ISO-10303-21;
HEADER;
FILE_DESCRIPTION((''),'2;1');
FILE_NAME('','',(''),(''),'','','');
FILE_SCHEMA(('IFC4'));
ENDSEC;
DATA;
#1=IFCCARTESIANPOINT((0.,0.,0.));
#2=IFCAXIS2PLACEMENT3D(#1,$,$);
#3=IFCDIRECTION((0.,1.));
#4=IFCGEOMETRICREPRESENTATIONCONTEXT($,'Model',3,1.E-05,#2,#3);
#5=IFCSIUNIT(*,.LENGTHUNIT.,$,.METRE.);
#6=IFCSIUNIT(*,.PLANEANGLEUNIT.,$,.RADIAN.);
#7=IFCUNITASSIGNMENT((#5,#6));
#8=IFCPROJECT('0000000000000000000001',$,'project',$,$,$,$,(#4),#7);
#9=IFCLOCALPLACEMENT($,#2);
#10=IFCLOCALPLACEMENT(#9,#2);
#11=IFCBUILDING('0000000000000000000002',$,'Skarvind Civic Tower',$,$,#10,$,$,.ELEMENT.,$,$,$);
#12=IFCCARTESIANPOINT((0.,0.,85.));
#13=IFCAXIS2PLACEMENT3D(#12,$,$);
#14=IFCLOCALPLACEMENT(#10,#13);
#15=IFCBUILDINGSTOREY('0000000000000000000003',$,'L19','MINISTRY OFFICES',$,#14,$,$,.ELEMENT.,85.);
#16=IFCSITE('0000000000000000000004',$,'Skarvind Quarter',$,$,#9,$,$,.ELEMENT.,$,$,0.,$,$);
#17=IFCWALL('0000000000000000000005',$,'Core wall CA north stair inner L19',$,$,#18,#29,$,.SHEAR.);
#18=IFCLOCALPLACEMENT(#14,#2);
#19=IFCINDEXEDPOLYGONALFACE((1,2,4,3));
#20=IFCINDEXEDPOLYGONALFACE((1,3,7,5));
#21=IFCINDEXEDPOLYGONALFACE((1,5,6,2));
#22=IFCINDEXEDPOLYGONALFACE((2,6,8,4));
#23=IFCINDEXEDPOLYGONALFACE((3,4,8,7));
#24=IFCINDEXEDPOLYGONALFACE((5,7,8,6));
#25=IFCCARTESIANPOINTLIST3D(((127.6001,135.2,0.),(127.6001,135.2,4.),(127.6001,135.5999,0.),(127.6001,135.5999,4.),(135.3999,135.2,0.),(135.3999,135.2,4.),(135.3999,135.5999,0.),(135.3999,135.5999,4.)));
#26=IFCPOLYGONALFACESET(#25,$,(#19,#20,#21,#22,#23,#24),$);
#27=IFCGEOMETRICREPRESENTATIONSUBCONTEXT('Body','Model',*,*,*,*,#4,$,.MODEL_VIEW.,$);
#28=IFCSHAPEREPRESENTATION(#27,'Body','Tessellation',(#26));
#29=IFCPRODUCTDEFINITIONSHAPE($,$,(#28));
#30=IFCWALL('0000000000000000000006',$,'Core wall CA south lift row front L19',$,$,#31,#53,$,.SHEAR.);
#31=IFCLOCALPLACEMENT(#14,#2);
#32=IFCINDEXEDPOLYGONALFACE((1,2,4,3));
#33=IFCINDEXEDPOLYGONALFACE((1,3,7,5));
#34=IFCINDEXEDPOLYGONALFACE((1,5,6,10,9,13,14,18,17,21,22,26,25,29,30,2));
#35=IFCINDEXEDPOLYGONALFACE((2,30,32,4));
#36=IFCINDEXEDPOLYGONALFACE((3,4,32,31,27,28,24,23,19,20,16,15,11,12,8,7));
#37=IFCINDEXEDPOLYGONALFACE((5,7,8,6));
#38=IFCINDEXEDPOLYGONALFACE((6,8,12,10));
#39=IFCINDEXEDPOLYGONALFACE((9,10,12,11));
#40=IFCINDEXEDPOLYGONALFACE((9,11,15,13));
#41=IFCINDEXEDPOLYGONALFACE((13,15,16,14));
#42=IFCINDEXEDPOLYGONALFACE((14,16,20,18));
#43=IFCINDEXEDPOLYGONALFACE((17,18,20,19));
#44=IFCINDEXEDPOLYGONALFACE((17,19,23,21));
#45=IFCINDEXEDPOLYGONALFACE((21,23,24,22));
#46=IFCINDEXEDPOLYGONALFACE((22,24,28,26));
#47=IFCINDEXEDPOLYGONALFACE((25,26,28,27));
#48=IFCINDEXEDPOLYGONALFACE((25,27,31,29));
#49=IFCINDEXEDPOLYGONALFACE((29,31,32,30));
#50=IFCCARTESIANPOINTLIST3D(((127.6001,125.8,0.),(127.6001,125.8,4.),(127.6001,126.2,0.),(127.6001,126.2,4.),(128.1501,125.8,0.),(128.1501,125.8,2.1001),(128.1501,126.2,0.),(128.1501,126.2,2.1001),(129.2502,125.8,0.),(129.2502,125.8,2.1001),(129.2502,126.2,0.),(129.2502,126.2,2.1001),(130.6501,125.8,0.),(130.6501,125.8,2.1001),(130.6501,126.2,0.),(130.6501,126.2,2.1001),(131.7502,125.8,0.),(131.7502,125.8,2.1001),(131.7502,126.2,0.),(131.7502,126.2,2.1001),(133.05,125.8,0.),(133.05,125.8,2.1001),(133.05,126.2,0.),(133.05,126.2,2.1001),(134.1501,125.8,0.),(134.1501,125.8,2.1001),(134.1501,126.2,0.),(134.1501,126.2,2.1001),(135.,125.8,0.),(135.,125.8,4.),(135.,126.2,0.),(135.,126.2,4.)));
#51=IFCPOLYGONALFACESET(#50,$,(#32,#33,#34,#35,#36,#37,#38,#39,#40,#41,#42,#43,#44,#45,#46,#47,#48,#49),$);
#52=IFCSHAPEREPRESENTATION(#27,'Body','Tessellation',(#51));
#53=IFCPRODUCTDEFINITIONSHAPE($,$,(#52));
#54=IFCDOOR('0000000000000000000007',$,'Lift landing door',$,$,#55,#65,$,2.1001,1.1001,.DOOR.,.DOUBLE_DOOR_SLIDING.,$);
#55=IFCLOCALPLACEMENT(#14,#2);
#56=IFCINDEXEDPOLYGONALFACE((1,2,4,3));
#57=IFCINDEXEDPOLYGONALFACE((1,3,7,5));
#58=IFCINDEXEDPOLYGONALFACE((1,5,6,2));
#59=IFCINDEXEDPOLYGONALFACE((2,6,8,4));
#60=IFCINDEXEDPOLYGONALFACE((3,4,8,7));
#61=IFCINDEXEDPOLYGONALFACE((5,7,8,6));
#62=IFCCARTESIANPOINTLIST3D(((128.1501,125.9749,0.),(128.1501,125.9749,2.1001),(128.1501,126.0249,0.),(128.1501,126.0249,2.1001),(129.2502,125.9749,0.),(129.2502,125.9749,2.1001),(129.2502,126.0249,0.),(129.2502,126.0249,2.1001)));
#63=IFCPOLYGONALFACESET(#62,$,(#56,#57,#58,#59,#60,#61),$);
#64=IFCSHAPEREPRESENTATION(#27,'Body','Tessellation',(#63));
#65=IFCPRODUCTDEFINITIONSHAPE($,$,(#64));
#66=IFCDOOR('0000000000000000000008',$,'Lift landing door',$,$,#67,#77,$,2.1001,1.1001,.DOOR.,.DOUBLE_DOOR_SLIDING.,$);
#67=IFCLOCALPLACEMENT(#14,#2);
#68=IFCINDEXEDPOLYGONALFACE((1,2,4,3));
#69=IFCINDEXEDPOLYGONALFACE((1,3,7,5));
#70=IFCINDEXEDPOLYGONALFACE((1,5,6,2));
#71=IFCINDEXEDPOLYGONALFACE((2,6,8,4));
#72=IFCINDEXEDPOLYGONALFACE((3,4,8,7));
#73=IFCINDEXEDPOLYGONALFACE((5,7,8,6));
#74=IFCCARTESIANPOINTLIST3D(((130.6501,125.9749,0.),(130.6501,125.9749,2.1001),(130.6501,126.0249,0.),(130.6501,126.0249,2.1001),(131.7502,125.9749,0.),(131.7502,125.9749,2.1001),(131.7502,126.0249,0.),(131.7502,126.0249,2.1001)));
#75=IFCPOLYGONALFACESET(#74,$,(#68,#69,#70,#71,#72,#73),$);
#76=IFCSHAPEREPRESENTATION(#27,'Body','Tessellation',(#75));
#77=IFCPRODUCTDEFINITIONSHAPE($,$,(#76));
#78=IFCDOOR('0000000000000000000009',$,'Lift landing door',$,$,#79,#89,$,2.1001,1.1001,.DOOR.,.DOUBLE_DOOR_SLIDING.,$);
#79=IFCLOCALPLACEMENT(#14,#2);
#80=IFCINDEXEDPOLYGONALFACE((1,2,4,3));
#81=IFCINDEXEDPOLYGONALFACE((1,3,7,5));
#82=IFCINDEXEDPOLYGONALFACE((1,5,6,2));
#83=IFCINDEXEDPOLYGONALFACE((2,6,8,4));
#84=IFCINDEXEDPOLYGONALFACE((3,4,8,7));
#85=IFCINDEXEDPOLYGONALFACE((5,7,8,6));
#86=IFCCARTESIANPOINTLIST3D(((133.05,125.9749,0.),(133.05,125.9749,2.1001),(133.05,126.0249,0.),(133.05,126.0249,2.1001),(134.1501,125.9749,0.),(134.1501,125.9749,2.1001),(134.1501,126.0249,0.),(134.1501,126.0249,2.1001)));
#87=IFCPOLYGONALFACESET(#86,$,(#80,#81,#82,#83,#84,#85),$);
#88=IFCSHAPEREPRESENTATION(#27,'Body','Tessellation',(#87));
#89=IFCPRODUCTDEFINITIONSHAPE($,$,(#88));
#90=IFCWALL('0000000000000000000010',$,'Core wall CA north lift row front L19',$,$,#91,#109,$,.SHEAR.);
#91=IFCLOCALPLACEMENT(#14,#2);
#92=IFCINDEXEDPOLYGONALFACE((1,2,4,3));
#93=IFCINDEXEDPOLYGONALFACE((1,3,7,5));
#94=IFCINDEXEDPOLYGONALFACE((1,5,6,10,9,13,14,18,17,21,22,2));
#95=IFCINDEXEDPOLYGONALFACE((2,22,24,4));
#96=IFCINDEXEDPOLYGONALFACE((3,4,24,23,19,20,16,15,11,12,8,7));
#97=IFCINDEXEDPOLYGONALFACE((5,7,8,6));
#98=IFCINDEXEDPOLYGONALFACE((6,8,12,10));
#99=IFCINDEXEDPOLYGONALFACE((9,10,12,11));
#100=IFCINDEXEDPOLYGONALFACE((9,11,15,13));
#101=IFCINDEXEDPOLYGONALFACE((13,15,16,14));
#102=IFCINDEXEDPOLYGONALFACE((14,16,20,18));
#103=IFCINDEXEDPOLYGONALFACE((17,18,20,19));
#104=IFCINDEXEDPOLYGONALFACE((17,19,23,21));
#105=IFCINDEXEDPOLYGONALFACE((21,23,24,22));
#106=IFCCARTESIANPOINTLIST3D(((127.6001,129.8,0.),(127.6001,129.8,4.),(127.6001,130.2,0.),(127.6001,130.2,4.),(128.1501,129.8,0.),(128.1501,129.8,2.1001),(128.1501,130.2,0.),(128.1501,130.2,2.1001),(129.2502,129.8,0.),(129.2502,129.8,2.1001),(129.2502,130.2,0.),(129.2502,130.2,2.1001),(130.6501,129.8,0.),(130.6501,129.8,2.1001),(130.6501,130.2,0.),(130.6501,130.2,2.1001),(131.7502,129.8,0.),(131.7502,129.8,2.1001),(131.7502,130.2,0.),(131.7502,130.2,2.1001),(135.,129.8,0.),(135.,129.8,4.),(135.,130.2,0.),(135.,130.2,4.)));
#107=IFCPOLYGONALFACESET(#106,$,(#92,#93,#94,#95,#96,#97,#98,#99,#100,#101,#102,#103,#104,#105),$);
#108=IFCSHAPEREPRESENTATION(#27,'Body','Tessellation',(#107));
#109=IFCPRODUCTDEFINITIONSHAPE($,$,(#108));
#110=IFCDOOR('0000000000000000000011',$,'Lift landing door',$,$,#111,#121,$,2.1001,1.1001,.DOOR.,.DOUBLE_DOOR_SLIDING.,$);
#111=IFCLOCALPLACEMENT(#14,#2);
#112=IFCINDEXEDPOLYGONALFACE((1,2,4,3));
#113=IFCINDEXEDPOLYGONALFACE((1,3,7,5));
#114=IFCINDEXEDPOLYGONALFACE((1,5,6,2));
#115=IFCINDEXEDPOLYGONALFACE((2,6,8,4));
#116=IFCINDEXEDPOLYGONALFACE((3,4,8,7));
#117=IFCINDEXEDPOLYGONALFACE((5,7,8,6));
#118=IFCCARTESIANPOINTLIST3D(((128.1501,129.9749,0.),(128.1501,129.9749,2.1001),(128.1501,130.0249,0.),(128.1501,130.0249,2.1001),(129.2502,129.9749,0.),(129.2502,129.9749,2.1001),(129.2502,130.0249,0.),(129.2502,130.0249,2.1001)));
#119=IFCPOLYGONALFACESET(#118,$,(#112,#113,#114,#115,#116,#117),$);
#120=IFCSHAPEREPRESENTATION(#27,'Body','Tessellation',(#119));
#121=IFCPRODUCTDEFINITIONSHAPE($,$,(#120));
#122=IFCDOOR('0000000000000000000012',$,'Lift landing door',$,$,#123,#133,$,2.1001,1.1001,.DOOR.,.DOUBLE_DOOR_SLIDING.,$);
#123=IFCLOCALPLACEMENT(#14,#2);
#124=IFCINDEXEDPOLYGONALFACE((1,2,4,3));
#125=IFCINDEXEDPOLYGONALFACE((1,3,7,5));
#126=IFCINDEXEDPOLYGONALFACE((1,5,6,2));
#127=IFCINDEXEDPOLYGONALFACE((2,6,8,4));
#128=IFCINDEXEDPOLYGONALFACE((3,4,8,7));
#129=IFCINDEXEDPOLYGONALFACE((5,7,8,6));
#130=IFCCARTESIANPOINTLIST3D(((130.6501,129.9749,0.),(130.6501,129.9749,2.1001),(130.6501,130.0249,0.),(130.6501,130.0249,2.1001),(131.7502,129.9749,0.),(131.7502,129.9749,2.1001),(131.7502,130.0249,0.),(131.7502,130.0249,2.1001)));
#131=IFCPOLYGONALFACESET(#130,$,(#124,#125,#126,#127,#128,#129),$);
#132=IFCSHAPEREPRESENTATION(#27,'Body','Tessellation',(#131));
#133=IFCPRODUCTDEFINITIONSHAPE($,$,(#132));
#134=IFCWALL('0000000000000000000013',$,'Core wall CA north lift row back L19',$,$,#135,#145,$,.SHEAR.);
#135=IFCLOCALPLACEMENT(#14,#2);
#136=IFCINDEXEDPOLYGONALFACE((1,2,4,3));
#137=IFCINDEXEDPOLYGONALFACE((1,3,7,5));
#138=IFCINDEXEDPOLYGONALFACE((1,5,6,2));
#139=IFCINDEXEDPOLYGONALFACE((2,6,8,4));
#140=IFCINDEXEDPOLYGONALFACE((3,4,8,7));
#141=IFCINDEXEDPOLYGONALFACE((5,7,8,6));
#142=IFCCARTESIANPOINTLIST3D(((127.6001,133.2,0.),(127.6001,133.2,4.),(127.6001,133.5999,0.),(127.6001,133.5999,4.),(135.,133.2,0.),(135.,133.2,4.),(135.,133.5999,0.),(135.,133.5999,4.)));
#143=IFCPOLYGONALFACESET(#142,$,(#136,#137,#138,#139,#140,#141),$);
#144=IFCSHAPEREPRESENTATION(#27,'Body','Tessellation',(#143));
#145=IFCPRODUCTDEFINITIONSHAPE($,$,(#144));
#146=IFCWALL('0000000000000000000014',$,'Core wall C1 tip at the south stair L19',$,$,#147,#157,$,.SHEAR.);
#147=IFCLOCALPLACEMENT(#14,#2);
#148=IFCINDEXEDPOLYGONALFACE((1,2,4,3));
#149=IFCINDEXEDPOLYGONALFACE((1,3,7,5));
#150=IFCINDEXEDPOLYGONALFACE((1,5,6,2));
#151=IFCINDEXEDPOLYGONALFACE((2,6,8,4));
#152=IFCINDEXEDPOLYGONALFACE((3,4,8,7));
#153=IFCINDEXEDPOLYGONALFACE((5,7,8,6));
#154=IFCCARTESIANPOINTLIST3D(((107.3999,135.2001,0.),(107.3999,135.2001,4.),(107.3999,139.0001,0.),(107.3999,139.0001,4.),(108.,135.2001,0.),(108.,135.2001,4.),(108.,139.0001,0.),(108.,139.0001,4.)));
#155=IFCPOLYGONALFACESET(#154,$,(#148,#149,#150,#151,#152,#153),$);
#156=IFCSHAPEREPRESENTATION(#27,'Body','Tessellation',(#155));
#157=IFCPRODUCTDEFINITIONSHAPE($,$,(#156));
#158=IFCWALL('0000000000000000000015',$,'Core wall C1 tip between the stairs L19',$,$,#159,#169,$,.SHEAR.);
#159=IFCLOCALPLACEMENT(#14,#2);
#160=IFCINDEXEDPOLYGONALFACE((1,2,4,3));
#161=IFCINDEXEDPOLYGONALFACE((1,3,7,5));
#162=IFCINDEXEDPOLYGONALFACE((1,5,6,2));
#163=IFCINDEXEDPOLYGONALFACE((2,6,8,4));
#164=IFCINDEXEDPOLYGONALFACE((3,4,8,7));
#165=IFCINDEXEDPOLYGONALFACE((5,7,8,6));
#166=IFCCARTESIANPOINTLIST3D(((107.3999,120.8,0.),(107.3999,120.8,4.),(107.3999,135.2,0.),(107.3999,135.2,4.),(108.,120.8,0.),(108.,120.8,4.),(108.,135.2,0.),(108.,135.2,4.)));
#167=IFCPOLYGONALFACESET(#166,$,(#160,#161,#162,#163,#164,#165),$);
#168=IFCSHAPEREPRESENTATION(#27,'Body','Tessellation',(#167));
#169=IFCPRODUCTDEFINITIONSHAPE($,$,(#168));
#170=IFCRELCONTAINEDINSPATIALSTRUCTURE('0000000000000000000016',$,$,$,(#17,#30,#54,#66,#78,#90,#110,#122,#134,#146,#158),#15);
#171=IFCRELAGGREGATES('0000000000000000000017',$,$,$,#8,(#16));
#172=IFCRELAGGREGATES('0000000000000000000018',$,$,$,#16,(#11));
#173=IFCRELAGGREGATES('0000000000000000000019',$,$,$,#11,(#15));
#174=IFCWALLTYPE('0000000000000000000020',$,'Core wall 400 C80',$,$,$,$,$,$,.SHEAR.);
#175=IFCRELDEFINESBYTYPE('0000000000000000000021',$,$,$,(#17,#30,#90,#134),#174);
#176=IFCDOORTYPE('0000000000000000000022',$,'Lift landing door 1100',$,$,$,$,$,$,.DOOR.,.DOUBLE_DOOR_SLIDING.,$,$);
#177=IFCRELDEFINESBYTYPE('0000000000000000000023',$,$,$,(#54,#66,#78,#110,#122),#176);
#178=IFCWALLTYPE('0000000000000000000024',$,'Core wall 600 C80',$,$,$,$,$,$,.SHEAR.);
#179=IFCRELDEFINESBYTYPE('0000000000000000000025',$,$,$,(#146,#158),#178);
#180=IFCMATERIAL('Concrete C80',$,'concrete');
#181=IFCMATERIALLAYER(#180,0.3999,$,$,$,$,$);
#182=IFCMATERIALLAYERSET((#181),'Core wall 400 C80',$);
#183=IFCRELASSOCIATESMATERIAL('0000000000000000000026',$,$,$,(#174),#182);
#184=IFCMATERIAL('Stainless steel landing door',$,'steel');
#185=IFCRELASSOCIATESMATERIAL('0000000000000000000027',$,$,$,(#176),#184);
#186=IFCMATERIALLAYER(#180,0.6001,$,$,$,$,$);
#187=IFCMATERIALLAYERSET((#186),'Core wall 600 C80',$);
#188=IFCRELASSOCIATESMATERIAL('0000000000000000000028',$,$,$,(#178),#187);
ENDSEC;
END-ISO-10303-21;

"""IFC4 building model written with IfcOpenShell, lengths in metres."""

from ifc_helpers import new_model, si_unit, direction, frame, frame_2d, origin, place, context, subcontext, project, spatial, rectangle, extrude, material, layer, layer_set, type_object, element, fill, save


model = new_model("IFC4")

# Units and contexts
model_context = context("Model", 3, precision=1e-05, world=origin(), true_north=direction((0.0, 1.0)))
body_context = subcontext(model_context, "Body", "Model", "MODEL_VIEW")
ifc_project = project(units=[si_unit("LENGTHUNIT", "METRE"), si_unit("PLANEANGLEUNIT", "RADIAN")], contexts=[model_context])

# Site, building, storey
site_placement = place(None, origin())
site = spatial("IfcSite", under=ifc_project, at=site_placement, Name="Skarvind Quarter", CompositionType="ELEMENT", RefElevation=0.0)
building_placement = place(site_placement, origin())
building = spatial("IfcBuilding", under=site, at=building_placement, Name="Skarvind Civic Tower", CompositionType="ELEMENT")
storey_placement = place(building_placement, frame((0.0, 0.0, 85.0)))
storey = spatial("IfcBuildingStorey", under=building, at=storey_placement, Name="L19", Description="MINISTRY OFFICES", CompositionType="ELEMENT", Elevation=85.0)

# Wall
ifc_material_1 = material(Name="Concrete C80", Category="concrete")
ifc_layer_1 = layer(ifc_material_1, 0.3999)
ifc_layer_set_1 = layer_set([ifc_layer_1], Name="Core wall 400 C80")
wall_type_1 = type_object("IfcWallType", Name="Core wall 400 C80", PredefinedType="SHEAR", material=ifc_layer_set_1)
wall_1_placement = place(storey_placement, frame((127.6001, 135.3999, 0.0), z_axis=(0.0, 0.0, 1.0), x_axis=(1.0, 0.0, 0.0)))
element("IfcWall", 1, at=wall_1_placement, inside=storey, type_object=wall_type_1, Name="Core wall CA north stair inner L19", PredefinedType="SHEAR", context=body_context, shape_type="SweptSolid", body=[
    extrude(rectangle(XDim=7.7998, YDim=0.3999, at=frame_2d((3.8999, 0.0))), origin(), (0.0, 0.0, 1.0), 4.0),
])

# Walls, openings, doors
wall_2_placement = place(storey_placement, frame((127.6001, 126.0, 0.0), z_axis=(0.0, 0.0, 1.0), x_axis=(1.0, 0.0, 0.0)))
wall_2 = element("IfcWall", 2, at=wall_2_placement, inside=storey, type_object=wall_type_1, Name="Core wall CA south lift row front L19", PredefinedType="SHEAR", context=body_context, shape_type="SweptSolid", body=[
    extrude(rectangle(XDim=7.3999, YDim=0.3999, at=frame_2d((3.7, 0.0))), origin(), (0.0, 0.0, 1.0), 4.0),
])
opening_1_placement = place(wall_2_placement, frame((0.55, 0.0, 0.0)))
opening_1 = element("IfcOpeningElement", 3, at=opening_1_placement, cuts=wall_2, PredefinedType="OPENING", context=body_context, shape_type="SweptSolid", body=[
    extrude(rectangle(XDim=1.1001, YDim=2.1001, at=frame_2d((0.55, 1.05))), frame((0.0, 0.21, 0.0), z_axis=(0.0, -1.0, 0.0), x_axis=(1.0, 0.0, 0.0)), (0.0, 0.0, 1.0), 0.4199),
])
opening_2_placement = place(wall_2_placement, frame((3.05, 0.0, 0.0)))
opening_2 = element("IfcOpeningElement", 4, at=opening_2_placement, cuts=wall_2, PredefinedType="OPENING", context=body_context, shape_type="SweptSolid", body=[
    extrude(rectangle(XDim=1.1001, YDim=2.1001, at=frame_2d((0.55, 1.05))), frame((0.0, 0.21, 0.0), z_axis=(0.0, -1.0, 0.0), x_axis=(1.0, 0.0, 0.0)), (0.0, 0.0, 1.0), 0.4199),
])
opening_3_placement = place(wall_2_placement, frame((5.45, 0.0, 0.0)))
opening_3 = element("IfcOpeningElement", 5, at=opening_3_placement, cuts=wall_2, PredefinedType="OPENING", context=body_context, shape_type="SweptSolid", body=[
    extrude(rectangle(XDim=1.1001, YDim=2.1001, at=frame_2d((0.55, 1.05))), frame((0.0, 0.21, 0.0), z_axis=(0.0, -1.0, 0.0), x_axis=(1.0, 0.0, 0.0)), (0.0, 0.0, 1.0), 0.4199),
])
ifc_material_2 = material(Name="Stainless steel landing door", Category="steel")
door_type = type_object("IfcDoorType", Name="Lift landing door 1100", OperationType="DOUBLE_DOOR_SLIDING", PredefinedType="DOOR", material=ifc_material_2)
door_1_placement = place(opening_1_placement, origin())
door_1 = element("IfcDoor", 6, at=door_1_placement, inside=storey, type_object=door_type, Name="Lift landing door", OperationType="DOUBLE_DOOR_SLIDING", OverallHeight=2.1001, OverallWidth=1.1001, PredefinedType="DOOR", context=body_context, shape_type="SweptSolid", body=[
    extrude(rectangle(XDim=1.1001, YDim=2.1001, at=frame_2d((0.55, 1.05))), frame((0.0, 0.0249, 0.0), z_axis=(0.0, -1.0, 0.0), x_axis=(1.0, 0.0, 0.0)), (0.0, 0.0, 1.0), 0.05),
])
fill(opening_1, door_1)
door_2_placement = place(opening_2_placement, origin())
door_2 = element("IfcDoor", 7, at=door_2_placement, inside=storey, type_object=door_type, Name="Lift landing door", OperationType="DOUBLE_DOOR_SLIDING", OverallHeight=2.1001, OverallWidth=1.1001, PredefinedType="DOOR", context=body_context, shape_type="SweptSolid", body=[
    extrude(rectangle(XDim=1.1001, YDim=2.1001, at=frame_2d((0.55, 1.05))), frame((0.0, 0.0249, 0.0), z_axis=(0.0, -1.0, 0.0), x_axis=(1.0, 0.0, 0.0)), (0.0, 0.0, 1.0), 0.05),
])
fill(opening_2, door_2)
door_3_placement = place(opening_3_placement, origin())
door_3 = element("IfcDoor", 8, at=door_3_placement, inside=storey, type_object=door_type, Name="Lift landing door", OperationType="DOUBLE_DOOR_SLIDING", OverallHeight=2.1001, OverallWidth=1.1001, PredefinedType="DOOR", context=body_context, shape_type="SweptSolid", body=[
    extrude(rectangle(XDim=1.1001, YDim=2.1001, at=frame_2d((0.55, 1.05))), frame((0.0, 0.0249, 0.0), z_axis=(0.0, -1.0, 0.0), x_axis=(1.0, 0.0, 0.0)), (0.0, 0.0, 1.0), 0.05),
])
fill(opening_3, door_3)
wall_3_placement = place(storey_placement, frame((127.6001, 130.0, 0.0), z_axis=(0.0, 0.0, 1.0), x_axis=(1.0, 0.0, 0.0)))
wall_3 = element("IfcWall", 9, at=wall_3_placement, inside=storey, type_object=wall_type_1, Name="Core wall CA north lift row front L19", PredefinedType="SHEAR", context=body_context, shape_type="SweptSolid", body=[
    extrude(rectangle(XDim=7.3999, YDim=0.3999, at=frame_2d((3.7, 0.0))), origin(), (0.0, 0.0, 1.0), 4.0),
])
opening_4_placement = place(wall_3_placement, frame((0.55, 0.0, 0.0)))
opening_4 = element("IfcOpeningElement", 10, at=opening_4_placement, cuts=wall_3, PredefinedType="OPENING", context=body_context, shape_type="SweptSolid", body=[
    extrude(rectangle(XDim=1.1001, YDim=2.1001, at=frame_2d((0.55, 1.05))), frame((0.0, 0.21, 0.0), z_axis=(0.0, -1.0, 0.0), x_axis=(1.0, 0.0, 0.0)), (0.0, 0.0, 1.0), 0.4199),
])
opening_5_placement = place(wall_3_placement, frame((3.05, 0.0, 0.0)))
opening_5 = element("IfcOpeningElement", 11, at=opening_5_placement, cuts=wall_3, PredefinedType="OPENING", context=body_context, shape_type="SweptSolid", body=[
    extrude(rectangle(XDim=1.1001, YDim=2.1001, at=frame_2d((0.55, 1.05))), frame((0.0, 0.21, 0.0), z_axis=(0.0, -1.0, 0.0), x_axis=(1.0, 0.0, 0.0)), (0.0, 0.0, 1.0), 0.4199),
])
door_4_placement = place(opening_4_placement, origin())
door_4 = element("IfcDoor", 12, at=door_4_placement, inside=storey, type_object=door_type, Name="Lift landing door", OperationType="DOUBLE_DOOR_SLIDING", OverallHeight=2.1001, OverallWidth=1.1001, PredefinedType="DOOR", context=body_context, shape_type="SweptSolid", body=[
    extrude(rectangle(XDim=1.1001, YDim=2.1001, at=frame_2d((0.55, 1.05))), frame((0.0, 0.0249, 0.0), z_axis=(0.0, -1.0, 0.0), x_axis=(1.0, 0.0, 0.0)), (0.0, 0.0, 1.0), 0.05),
])
fill(opening_4, door_4)
door_5_placement = place(opening_5_placement, origin())
door_5 = element("IfcDoor", 13, at=door_5_placement, inside=storey, type_object=door_type, Name="Lift landing door", OperationType="DOUBLE_DOOR_SLIDING", OverallHeight=2.1001, OverallWidth=1.1001, PredefinedType="DOOR", context=body_context, shape_type="SweptSolid", body=[
    extrude(rectangle(XDim=1.1001, YDim=2.1001, at=frame_2d((0.55, 1.05))), frame((0.0, 0.0249, 0.0), z_axis=(0.0, -1.0, 0.0), x_axis=(1.0, 0.0, 0.0)), (0.0, 0.0, 1.0), 0.05),
])
fill(opening_5, door_5)

# Walls
wall_4_placement = place(storey_placement, frame((127.6001, 133.3999, 0.0), z_axis=(0.0, 0.0, 1.0), x_axis=(1.0, 0.0, 0.0)))
element("IfcWall", 14, at=wall_4_placement, inside=storey, type_object=wall_type_1, Name="Core wall CA north lift row back L19", PredefinedType="SHEAR", context=body_context, shape_type="SweptSolid", body=[
    extrude(rectangle(XDim=7.3999, YDim=0.3999, at=frame_2d((3.7, 0.0))), origin(), (0.0, 0.0, 1.0), 4.0),
])
ifc_layer_2 = layer(ifc_material_1, 0.6001)
ifc_layer_set_2 = layer_set([ifc_layer_2], Name="Core wall 600 C80")
wall_type_2 = type_object("IfcWallType", Name="Core wall 600 C80", PredefinedType="SHEAR", material=ifc_layer_set_2)
wall_5_placement = place(storey_placement, frame((107.7, 139.0, 0.0), z_axis=(0.0, 0.0, 1.0), x_axis=(0.0, -1.0, 0.0)))
element("IfcWall", 15, at=wall_5_placement, inside=storey, type_object=wall_type_2, Name="Core wall C1 tip at the south stair L19", PredefinedType="SHEAR", context=body_context, shape_type="SweptSolid", body=[
    extrude(rectangle(XDim=3.8, YDim=0.6001, at=frame_2d((1.8999, 0.0))), origin(), (0.0, 0.0, 1.0), 4.0),
])
wall_6_placement = place(storey_placement, frame((107.7, 135.2, 0.0), z_axis=(0.0, 0.0, 1.0), x_axis=(0.0, -1.0, 0.0)))
element("IfcWall", 16, at=wall_6_placement, inside=storey, type_object=wall_type_2, Name="Core wall C1 tip between the stairs L19", PredefinedType="SHEAR", context=body_context, shape_type="SweptSolid", body=[
    extrude(rectangle(XDim=14.3999, YDim=0.6001, at=frame_2d((7.2, 0.0))), origin(), (0.0, 0.0, 1.0), 4.0),
])

save(model, "model.ifc")
